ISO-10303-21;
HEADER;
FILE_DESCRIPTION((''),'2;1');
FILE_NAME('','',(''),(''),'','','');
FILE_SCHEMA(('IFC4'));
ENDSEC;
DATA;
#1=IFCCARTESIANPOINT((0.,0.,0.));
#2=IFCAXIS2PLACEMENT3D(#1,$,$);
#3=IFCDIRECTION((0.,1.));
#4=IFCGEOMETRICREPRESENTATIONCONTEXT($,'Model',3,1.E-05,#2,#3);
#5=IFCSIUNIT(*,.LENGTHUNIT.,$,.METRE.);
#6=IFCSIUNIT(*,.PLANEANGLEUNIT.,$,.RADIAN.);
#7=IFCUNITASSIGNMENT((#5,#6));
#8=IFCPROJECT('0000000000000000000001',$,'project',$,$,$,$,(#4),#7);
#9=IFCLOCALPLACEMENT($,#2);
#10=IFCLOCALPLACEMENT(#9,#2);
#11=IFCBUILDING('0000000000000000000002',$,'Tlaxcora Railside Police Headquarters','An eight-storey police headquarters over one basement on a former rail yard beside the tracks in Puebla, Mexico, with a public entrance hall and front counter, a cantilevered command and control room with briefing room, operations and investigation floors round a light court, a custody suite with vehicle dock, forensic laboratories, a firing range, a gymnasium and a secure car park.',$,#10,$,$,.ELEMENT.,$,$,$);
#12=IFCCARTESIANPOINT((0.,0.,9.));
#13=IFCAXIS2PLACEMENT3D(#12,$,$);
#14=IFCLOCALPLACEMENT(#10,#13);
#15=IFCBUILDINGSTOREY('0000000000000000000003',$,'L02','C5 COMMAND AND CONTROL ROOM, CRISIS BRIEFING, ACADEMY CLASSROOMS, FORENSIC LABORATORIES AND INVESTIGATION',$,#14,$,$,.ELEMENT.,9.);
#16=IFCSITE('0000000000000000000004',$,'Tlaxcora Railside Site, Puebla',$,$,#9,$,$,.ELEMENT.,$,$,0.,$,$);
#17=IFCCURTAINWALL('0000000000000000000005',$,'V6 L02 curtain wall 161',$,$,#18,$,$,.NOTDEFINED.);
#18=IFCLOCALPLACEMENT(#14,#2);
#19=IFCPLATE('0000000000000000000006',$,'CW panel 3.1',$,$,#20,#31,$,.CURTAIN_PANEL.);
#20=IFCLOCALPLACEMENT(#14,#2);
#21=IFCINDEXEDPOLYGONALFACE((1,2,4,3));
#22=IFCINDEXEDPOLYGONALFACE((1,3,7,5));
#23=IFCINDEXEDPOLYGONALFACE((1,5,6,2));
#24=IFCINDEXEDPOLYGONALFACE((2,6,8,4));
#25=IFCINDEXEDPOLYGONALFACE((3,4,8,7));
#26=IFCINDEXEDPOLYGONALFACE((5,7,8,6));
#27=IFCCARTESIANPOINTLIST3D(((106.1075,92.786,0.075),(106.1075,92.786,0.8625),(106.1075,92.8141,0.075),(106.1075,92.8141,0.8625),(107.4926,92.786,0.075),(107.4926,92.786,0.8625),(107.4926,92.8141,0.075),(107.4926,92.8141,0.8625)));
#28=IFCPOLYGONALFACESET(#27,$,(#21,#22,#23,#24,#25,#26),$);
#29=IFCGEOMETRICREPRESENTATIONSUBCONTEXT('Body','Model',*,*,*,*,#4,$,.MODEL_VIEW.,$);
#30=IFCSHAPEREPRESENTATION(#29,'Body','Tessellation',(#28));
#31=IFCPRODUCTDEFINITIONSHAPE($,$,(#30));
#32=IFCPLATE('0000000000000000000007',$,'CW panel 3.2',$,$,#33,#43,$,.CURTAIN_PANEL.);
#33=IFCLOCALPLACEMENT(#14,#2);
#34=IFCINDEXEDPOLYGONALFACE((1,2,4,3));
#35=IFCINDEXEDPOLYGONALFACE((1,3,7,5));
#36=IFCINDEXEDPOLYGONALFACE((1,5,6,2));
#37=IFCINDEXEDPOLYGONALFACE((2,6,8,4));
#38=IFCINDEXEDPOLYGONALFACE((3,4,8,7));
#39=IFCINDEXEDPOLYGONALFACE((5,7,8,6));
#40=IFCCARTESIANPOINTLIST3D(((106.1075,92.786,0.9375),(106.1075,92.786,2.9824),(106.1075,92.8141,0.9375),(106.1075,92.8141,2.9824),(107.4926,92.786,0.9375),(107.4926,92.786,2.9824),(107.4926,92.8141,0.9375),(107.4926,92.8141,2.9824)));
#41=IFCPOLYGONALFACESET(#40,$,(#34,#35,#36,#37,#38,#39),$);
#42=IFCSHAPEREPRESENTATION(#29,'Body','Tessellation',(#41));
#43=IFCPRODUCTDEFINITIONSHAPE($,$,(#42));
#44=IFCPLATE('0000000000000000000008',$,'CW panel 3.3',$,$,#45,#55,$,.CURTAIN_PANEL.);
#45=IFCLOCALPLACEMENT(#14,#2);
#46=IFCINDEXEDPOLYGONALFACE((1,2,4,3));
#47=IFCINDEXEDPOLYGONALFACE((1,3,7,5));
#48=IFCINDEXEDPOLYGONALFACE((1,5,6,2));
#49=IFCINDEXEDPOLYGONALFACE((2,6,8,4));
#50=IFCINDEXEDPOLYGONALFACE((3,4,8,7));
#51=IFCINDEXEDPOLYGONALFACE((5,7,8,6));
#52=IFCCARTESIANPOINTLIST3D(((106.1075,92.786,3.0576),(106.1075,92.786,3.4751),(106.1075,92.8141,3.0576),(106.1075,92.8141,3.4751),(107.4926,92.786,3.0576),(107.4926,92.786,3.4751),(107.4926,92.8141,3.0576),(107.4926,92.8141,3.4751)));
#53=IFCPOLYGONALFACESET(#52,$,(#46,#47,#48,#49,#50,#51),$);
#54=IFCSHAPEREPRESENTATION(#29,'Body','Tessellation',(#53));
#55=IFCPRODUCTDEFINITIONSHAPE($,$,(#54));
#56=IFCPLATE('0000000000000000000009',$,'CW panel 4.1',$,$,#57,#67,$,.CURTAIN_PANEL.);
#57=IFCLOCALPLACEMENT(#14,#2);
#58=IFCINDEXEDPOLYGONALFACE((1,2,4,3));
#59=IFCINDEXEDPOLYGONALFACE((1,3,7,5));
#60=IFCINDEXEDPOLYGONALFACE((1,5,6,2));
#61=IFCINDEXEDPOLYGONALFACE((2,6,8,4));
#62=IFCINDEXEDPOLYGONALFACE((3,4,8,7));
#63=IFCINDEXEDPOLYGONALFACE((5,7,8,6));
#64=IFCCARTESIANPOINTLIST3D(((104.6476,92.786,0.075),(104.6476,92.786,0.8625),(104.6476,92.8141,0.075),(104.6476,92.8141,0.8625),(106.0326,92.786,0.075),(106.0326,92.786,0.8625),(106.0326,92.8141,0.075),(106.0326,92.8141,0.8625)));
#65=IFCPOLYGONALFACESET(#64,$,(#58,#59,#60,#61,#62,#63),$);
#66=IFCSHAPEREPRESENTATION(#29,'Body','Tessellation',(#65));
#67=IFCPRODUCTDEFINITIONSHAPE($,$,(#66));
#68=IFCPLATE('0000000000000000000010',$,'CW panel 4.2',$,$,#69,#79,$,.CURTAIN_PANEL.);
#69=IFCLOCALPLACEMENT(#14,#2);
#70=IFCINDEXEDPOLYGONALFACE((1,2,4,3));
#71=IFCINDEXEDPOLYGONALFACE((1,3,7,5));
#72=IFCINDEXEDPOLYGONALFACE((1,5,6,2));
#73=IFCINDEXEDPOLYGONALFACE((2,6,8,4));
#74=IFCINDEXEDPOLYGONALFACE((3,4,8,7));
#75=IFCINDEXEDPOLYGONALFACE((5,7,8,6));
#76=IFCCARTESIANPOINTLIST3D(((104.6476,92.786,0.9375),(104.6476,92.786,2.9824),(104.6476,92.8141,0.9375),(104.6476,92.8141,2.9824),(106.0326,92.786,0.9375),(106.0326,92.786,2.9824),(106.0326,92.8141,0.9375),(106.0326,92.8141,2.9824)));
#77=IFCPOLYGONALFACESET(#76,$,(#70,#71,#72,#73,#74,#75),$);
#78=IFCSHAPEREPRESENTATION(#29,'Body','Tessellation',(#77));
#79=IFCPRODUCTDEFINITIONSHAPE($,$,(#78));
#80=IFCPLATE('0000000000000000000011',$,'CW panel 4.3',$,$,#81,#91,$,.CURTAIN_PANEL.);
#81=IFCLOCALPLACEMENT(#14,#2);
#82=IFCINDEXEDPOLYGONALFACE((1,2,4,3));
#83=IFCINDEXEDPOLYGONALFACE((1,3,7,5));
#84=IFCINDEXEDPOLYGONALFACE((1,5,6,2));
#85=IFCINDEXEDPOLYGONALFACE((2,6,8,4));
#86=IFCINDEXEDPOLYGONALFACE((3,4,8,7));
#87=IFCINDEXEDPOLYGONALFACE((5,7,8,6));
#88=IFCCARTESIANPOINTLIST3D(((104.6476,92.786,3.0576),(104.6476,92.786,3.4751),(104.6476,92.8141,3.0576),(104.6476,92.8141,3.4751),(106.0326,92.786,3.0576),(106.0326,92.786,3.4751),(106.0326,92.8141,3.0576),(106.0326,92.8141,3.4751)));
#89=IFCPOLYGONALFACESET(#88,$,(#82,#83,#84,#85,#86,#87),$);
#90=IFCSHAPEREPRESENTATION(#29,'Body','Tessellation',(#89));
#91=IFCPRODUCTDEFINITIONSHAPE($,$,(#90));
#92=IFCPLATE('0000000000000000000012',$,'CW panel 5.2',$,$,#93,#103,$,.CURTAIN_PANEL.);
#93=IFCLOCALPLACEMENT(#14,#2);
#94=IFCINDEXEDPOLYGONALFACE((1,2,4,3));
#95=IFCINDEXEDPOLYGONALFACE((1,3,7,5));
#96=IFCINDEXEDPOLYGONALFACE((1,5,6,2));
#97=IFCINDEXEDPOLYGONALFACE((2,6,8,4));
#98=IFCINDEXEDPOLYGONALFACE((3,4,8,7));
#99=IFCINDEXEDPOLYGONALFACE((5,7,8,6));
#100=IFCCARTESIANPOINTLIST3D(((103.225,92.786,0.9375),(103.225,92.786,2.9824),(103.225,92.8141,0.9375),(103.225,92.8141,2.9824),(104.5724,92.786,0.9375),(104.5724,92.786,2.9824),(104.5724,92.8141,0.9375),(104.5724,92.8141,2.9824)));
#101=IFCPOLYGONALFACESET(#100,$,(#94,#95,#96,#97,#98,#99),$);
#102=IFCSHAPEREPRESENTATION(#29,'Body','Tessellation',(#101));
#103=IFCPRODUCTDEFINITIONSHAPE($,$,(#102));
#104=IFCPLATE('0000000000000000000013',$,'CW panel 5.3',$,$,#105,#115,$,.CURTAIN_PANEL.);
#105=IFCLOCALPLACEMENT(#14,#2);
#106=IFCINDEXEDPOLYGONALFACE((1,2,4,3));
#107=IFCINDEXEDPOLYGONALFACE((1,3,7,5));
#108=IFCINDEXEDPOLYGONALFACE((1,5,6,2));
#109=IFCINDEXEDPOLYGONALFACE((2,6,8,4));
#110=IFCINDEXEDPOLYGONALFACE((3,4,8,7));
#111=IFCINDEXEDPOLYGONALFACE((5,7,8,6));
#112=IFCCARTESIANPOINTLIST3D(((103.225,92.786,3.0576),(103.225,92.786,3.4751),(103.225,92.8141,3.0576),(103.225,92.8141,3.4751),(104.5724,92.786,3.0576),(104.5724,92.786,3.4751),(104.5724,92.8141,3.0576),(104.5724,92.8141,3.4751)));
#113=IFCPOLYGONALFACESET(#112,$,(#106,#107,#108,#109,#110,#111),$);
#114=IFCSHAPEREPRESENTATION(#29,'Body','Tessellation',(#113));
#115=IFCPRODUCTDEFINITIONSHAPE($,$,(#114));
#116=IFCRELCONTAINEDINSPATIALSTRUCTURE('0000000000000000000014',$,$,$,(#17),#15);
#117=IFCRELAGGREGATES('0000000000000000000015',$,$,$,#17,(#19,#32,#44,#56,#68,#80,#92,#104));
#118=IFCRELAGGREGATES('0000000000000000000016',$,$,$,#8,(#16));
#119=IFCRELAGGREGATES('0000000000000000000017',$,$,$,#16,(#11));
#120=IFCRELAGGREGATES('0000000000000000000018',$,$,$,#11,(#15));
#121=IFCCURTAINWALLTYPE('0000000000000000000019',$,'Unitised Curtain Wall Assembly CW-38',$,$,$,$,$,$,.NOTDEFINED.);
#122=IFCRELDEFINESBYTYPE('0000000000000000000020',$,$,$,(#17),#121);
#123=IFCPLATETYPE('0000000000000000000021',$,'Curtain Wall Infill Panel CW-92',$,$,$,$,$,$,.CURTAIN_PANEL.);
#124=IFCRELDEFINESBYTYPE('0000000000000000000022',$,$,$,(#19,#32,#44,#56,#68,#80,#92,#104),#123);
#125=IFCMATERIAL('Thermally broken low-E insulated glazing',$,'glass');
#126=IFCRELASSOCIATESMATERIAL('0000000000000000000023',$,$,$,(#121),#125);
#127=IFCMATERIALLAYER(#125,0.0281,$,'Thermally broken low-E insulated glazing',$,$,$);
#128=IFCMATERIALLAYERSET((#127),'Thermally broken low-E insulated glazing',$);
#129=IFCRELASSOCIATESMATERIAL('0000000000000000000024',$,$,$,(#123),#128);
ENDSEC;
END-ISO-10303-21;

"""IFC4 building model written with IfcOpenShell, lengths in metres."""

from ifc_helpers import new_model, si_unit, direction, frame, origin, origin_2d, place, context, subcontext, project, spatial, rectangle, extrude, material, layer, layer_set, type_object, element, aggregate, save


model = new_model("IFC4")

# Units and contexts
model_context = context("Model", 3, precision=1e-05, world=origin(), true_north=direction((0.0, 1.0)))
body_context = subcontext(model_context, "Body", "Model", "MODEL_VIEW")
ifc_project = project(units=[si_unit("LENGTHUNIT", "METRE"), si_unit("PLANEANGLEUNIT", "RADIAN")], contexts=[model_context])

# Site, building, storey
site_placement = place(None, origin())
site = spatial("IfcSite", under=ifc_project, at=site_placement, Name="Tlaxcora Railside Site, Puebla", CompositionType="ELEMENT", RefElevation=0.0)
building_placement = place(site_placement, origin())
building = spatial("IfcBuilding", under=site, at=building_placement, Name="Tlaxcora Railside Police Headquarters", Description="An eight-storey police headquarters over one basement on a former rail yard beside the tracks in Puebla, Mexico, with a public entrance hall and front counter, a cantilevered command and control room with briefing room, operations and investigation floors round a light court, a custody suite with vehicle dock, forensic laboratories, a firing range, a gymnasium and a secure car park.", CompositionType="ELEMENT")
storey_placement = place(building_placement, frame((0.0, 0.0, 9.0)))
storey = spatial("IfcBuildingStorey", under=building, at=storey_placement, Name="L02", Description="C5 COMMAND AND CONTROL ROOM, CRISIS BRIEFING, ACADEMY CLASSROOMS, FORENSIC LABORATORIES AND INVESTIGATION", CompositionType="ELEMENT", Elevation=9.0)

# Curtain wall, plates
ifc_material_1 = material(Name="Thermally broken low-E insulated glazing", Category="glass")
curtain_wall_type = type_object("IfcCurtainWallType", Name="Unitised Curtain Wall Assembly CW-38", PredefinedType="NOTDEFINED", material=ifc_material_1)
curtain_wall_placement = place(storey_placement, origin())
curtain_wall = element("IfcCurtainWall", 1, at=curtain_wall_placement, inside=storey, type_object=curtain_wall_type, Name="V6 L02 curtain wall 161", PredefinedType="NOTDEFINED")
ifc_layer = layer(ifc_material_1, 0.0281, Name="Thermally broken low-E insulated glazing")
ifc_layer_set = layer_set([ifc_layer], Name="Thermally broken low-E insulated glazing")
plate_type = type_object("IfcPlateType", Name="Curtain Wall Infill Panel CW-92", PredefinedType="CURTAIN_PANEL", material=ifc_layer_set)
plate_1_placement = place(storey_placement, frame((106.8, 92.8, 0.075), z_axis=(0.0, 0.0, 1.0), x_axis=(-1.0, 0.0, 0.0)))
plate_1 = element("IfcPlate", 2, at=plate_1_placement, type_object=plate_type, Name="CW panel 3.1", PredefinedType="CURTAIN_PANEL", context=body_context, shape_type="SweptSolid", body=[
    extrude(rectangle(XDim=1.385, YDim=0.0281, at=origin_2d()), origin(), (0.0, 0.0, 1.0), 0.7876),
])
plate_2_placement = place(storey_placement, frame((106.8, 92.8, 0.9375), z_axis=(0.0, 0.0, 1.0), x_axis=(-1.0, 0.0, 0.0)))
plate_2 = element("IfcPlate", 3, at=plate_2_placement, type_object=plate_type, Name="CW panel 3.2", PredefinedType="CURTAIN_PANEL", context=body_context, shape_type="SweptSolid", body=[
    extrude(rectangle(XDim=1.385, YDim=0.0281, at=origin_2d()), origin(), (0.0, 0.0, 1.0), 2.0449),
])
plate_3_placement = place(storey_placement, frame((106.8, 92.8, 3.0576), z_axis=(0.0, 0.0, 1.0), x_axis=(-1.0, 0.0, 0.0)))
plate_3 = element("IfcPlate", 4, at=plate_3_placement, type_object=plate_type, Name="CW panel 3.3", PredefinedType="CURTAIN_PANEL", context=body_context, shape_type="SweptSolid", body=[
    extrude(rectangle(XDim=1.385, YDim=0.0281, at=origin_2d()), origin(), (0.0, 0.0, 1.0), 0.4175),
])
plate_4_placement = place(storey_placement, frame((105.3401, 92.8, 0.075), z_axis=(0.0, 0.0, 1.0), x_axis=(-1.0, 0.0, 0.0)))
plate_4 = element("IfcPlate", 5, at=plate_4_placement, type_object=plate_type, Name="CW panel 4.1", PredefinedType="CURTAIN_PANEL", context=body_context, shape_type="SweptSolid", body=[
    extrude(rectangle(XDim=1.385, YDim=0.0281, at=origin_2d()), origin(), (0.0, 0.0, 1.0), 0.7876),
])
plate_5_placement = place(storey_placement, frame((105.3401, 92.8, 0.9375), z_axis=(0.0, 0.0, 1.0), x_axis=(-1.0, 0.0, 0.0)))
plate_5 = element("IfcPlate", 6, at=plate_5_placement, type_object=plate_type, Name="CW panel 4.2", PredefinedType="CURTAIN_PANEL", context=body_context, shape_type="SweptSolid", body=[
    extrude(rectangle(XDim=1.385, YDim=0.0281, at=origin_2d()), origin(), (0.0, 0.0, 1.0), 2.0449),
])
plate_6_placement = place(storey_placement, frame((105.3401, 92.8, 3.0576), z_axis=(0.0, 0.0, 1.0), x_axis=(-1.0, 0.0, 0.0)))
plate_6 = element("IfcPlate", 7, at=plate_6_placement, type_object=plate_type, Name="CW panel 4.3", PredefinedType="CURTAIN_PANEL", context=body_context, shape_type="SweptSolid", body=[
    extrude(rectangle(XDim=1.385, YDim=0.0281, at=origin_2d()), origin(), (0.0, 0.0, 1.0), 0.4175),
])
plate_7_placement = place(storey_placement, frame((103.8987, 92.8, 0.9375), z_axis=(0.0, 0.0, 1.0), x_axis=(-1.0, 0.0, 0.0)))
plate_7 = element("IfcPlate", 8, at=plate_7_placement, type_object=plate_type, Name="CW panel 5.2", PredefinedType="CURTAIN_PANEL", context=body_context, shape_type="SweptSolid", body=[
    extrude(rectangle(XDim=1.3474, YDim=0.0281, at=origin_2d()), origin(), (0.0, 0.0, 1.0), 2.0449),
])
plate_8_placement = place(storey_placement, frame((103.8987, 92.8, 3.0576), z_axis=(0.0, 0.0, 1.0), x_axis=(-1.0, 0.0, 0.0)))
plate_8 = element("IfcPlate", 9, at=plate_8_placement, type_object=plate_type, Name="CW panel 5.3", PredefinedType="CURTAIN_PANEL", context=body_context, shape_type="SweptSolid", body=[
    extrude(rectangle(XDim=1.3474, YDim=0.0281, at=origin_2d()), origin(), (0.0, 0.0, 1.0), 0.4175),
])
aggregate(curtain_wall, [plate_1, plate_2, plate_3, plate_4, plate_5, plate_6, plate_7, plate_8])

save(model, "model.ifc")
